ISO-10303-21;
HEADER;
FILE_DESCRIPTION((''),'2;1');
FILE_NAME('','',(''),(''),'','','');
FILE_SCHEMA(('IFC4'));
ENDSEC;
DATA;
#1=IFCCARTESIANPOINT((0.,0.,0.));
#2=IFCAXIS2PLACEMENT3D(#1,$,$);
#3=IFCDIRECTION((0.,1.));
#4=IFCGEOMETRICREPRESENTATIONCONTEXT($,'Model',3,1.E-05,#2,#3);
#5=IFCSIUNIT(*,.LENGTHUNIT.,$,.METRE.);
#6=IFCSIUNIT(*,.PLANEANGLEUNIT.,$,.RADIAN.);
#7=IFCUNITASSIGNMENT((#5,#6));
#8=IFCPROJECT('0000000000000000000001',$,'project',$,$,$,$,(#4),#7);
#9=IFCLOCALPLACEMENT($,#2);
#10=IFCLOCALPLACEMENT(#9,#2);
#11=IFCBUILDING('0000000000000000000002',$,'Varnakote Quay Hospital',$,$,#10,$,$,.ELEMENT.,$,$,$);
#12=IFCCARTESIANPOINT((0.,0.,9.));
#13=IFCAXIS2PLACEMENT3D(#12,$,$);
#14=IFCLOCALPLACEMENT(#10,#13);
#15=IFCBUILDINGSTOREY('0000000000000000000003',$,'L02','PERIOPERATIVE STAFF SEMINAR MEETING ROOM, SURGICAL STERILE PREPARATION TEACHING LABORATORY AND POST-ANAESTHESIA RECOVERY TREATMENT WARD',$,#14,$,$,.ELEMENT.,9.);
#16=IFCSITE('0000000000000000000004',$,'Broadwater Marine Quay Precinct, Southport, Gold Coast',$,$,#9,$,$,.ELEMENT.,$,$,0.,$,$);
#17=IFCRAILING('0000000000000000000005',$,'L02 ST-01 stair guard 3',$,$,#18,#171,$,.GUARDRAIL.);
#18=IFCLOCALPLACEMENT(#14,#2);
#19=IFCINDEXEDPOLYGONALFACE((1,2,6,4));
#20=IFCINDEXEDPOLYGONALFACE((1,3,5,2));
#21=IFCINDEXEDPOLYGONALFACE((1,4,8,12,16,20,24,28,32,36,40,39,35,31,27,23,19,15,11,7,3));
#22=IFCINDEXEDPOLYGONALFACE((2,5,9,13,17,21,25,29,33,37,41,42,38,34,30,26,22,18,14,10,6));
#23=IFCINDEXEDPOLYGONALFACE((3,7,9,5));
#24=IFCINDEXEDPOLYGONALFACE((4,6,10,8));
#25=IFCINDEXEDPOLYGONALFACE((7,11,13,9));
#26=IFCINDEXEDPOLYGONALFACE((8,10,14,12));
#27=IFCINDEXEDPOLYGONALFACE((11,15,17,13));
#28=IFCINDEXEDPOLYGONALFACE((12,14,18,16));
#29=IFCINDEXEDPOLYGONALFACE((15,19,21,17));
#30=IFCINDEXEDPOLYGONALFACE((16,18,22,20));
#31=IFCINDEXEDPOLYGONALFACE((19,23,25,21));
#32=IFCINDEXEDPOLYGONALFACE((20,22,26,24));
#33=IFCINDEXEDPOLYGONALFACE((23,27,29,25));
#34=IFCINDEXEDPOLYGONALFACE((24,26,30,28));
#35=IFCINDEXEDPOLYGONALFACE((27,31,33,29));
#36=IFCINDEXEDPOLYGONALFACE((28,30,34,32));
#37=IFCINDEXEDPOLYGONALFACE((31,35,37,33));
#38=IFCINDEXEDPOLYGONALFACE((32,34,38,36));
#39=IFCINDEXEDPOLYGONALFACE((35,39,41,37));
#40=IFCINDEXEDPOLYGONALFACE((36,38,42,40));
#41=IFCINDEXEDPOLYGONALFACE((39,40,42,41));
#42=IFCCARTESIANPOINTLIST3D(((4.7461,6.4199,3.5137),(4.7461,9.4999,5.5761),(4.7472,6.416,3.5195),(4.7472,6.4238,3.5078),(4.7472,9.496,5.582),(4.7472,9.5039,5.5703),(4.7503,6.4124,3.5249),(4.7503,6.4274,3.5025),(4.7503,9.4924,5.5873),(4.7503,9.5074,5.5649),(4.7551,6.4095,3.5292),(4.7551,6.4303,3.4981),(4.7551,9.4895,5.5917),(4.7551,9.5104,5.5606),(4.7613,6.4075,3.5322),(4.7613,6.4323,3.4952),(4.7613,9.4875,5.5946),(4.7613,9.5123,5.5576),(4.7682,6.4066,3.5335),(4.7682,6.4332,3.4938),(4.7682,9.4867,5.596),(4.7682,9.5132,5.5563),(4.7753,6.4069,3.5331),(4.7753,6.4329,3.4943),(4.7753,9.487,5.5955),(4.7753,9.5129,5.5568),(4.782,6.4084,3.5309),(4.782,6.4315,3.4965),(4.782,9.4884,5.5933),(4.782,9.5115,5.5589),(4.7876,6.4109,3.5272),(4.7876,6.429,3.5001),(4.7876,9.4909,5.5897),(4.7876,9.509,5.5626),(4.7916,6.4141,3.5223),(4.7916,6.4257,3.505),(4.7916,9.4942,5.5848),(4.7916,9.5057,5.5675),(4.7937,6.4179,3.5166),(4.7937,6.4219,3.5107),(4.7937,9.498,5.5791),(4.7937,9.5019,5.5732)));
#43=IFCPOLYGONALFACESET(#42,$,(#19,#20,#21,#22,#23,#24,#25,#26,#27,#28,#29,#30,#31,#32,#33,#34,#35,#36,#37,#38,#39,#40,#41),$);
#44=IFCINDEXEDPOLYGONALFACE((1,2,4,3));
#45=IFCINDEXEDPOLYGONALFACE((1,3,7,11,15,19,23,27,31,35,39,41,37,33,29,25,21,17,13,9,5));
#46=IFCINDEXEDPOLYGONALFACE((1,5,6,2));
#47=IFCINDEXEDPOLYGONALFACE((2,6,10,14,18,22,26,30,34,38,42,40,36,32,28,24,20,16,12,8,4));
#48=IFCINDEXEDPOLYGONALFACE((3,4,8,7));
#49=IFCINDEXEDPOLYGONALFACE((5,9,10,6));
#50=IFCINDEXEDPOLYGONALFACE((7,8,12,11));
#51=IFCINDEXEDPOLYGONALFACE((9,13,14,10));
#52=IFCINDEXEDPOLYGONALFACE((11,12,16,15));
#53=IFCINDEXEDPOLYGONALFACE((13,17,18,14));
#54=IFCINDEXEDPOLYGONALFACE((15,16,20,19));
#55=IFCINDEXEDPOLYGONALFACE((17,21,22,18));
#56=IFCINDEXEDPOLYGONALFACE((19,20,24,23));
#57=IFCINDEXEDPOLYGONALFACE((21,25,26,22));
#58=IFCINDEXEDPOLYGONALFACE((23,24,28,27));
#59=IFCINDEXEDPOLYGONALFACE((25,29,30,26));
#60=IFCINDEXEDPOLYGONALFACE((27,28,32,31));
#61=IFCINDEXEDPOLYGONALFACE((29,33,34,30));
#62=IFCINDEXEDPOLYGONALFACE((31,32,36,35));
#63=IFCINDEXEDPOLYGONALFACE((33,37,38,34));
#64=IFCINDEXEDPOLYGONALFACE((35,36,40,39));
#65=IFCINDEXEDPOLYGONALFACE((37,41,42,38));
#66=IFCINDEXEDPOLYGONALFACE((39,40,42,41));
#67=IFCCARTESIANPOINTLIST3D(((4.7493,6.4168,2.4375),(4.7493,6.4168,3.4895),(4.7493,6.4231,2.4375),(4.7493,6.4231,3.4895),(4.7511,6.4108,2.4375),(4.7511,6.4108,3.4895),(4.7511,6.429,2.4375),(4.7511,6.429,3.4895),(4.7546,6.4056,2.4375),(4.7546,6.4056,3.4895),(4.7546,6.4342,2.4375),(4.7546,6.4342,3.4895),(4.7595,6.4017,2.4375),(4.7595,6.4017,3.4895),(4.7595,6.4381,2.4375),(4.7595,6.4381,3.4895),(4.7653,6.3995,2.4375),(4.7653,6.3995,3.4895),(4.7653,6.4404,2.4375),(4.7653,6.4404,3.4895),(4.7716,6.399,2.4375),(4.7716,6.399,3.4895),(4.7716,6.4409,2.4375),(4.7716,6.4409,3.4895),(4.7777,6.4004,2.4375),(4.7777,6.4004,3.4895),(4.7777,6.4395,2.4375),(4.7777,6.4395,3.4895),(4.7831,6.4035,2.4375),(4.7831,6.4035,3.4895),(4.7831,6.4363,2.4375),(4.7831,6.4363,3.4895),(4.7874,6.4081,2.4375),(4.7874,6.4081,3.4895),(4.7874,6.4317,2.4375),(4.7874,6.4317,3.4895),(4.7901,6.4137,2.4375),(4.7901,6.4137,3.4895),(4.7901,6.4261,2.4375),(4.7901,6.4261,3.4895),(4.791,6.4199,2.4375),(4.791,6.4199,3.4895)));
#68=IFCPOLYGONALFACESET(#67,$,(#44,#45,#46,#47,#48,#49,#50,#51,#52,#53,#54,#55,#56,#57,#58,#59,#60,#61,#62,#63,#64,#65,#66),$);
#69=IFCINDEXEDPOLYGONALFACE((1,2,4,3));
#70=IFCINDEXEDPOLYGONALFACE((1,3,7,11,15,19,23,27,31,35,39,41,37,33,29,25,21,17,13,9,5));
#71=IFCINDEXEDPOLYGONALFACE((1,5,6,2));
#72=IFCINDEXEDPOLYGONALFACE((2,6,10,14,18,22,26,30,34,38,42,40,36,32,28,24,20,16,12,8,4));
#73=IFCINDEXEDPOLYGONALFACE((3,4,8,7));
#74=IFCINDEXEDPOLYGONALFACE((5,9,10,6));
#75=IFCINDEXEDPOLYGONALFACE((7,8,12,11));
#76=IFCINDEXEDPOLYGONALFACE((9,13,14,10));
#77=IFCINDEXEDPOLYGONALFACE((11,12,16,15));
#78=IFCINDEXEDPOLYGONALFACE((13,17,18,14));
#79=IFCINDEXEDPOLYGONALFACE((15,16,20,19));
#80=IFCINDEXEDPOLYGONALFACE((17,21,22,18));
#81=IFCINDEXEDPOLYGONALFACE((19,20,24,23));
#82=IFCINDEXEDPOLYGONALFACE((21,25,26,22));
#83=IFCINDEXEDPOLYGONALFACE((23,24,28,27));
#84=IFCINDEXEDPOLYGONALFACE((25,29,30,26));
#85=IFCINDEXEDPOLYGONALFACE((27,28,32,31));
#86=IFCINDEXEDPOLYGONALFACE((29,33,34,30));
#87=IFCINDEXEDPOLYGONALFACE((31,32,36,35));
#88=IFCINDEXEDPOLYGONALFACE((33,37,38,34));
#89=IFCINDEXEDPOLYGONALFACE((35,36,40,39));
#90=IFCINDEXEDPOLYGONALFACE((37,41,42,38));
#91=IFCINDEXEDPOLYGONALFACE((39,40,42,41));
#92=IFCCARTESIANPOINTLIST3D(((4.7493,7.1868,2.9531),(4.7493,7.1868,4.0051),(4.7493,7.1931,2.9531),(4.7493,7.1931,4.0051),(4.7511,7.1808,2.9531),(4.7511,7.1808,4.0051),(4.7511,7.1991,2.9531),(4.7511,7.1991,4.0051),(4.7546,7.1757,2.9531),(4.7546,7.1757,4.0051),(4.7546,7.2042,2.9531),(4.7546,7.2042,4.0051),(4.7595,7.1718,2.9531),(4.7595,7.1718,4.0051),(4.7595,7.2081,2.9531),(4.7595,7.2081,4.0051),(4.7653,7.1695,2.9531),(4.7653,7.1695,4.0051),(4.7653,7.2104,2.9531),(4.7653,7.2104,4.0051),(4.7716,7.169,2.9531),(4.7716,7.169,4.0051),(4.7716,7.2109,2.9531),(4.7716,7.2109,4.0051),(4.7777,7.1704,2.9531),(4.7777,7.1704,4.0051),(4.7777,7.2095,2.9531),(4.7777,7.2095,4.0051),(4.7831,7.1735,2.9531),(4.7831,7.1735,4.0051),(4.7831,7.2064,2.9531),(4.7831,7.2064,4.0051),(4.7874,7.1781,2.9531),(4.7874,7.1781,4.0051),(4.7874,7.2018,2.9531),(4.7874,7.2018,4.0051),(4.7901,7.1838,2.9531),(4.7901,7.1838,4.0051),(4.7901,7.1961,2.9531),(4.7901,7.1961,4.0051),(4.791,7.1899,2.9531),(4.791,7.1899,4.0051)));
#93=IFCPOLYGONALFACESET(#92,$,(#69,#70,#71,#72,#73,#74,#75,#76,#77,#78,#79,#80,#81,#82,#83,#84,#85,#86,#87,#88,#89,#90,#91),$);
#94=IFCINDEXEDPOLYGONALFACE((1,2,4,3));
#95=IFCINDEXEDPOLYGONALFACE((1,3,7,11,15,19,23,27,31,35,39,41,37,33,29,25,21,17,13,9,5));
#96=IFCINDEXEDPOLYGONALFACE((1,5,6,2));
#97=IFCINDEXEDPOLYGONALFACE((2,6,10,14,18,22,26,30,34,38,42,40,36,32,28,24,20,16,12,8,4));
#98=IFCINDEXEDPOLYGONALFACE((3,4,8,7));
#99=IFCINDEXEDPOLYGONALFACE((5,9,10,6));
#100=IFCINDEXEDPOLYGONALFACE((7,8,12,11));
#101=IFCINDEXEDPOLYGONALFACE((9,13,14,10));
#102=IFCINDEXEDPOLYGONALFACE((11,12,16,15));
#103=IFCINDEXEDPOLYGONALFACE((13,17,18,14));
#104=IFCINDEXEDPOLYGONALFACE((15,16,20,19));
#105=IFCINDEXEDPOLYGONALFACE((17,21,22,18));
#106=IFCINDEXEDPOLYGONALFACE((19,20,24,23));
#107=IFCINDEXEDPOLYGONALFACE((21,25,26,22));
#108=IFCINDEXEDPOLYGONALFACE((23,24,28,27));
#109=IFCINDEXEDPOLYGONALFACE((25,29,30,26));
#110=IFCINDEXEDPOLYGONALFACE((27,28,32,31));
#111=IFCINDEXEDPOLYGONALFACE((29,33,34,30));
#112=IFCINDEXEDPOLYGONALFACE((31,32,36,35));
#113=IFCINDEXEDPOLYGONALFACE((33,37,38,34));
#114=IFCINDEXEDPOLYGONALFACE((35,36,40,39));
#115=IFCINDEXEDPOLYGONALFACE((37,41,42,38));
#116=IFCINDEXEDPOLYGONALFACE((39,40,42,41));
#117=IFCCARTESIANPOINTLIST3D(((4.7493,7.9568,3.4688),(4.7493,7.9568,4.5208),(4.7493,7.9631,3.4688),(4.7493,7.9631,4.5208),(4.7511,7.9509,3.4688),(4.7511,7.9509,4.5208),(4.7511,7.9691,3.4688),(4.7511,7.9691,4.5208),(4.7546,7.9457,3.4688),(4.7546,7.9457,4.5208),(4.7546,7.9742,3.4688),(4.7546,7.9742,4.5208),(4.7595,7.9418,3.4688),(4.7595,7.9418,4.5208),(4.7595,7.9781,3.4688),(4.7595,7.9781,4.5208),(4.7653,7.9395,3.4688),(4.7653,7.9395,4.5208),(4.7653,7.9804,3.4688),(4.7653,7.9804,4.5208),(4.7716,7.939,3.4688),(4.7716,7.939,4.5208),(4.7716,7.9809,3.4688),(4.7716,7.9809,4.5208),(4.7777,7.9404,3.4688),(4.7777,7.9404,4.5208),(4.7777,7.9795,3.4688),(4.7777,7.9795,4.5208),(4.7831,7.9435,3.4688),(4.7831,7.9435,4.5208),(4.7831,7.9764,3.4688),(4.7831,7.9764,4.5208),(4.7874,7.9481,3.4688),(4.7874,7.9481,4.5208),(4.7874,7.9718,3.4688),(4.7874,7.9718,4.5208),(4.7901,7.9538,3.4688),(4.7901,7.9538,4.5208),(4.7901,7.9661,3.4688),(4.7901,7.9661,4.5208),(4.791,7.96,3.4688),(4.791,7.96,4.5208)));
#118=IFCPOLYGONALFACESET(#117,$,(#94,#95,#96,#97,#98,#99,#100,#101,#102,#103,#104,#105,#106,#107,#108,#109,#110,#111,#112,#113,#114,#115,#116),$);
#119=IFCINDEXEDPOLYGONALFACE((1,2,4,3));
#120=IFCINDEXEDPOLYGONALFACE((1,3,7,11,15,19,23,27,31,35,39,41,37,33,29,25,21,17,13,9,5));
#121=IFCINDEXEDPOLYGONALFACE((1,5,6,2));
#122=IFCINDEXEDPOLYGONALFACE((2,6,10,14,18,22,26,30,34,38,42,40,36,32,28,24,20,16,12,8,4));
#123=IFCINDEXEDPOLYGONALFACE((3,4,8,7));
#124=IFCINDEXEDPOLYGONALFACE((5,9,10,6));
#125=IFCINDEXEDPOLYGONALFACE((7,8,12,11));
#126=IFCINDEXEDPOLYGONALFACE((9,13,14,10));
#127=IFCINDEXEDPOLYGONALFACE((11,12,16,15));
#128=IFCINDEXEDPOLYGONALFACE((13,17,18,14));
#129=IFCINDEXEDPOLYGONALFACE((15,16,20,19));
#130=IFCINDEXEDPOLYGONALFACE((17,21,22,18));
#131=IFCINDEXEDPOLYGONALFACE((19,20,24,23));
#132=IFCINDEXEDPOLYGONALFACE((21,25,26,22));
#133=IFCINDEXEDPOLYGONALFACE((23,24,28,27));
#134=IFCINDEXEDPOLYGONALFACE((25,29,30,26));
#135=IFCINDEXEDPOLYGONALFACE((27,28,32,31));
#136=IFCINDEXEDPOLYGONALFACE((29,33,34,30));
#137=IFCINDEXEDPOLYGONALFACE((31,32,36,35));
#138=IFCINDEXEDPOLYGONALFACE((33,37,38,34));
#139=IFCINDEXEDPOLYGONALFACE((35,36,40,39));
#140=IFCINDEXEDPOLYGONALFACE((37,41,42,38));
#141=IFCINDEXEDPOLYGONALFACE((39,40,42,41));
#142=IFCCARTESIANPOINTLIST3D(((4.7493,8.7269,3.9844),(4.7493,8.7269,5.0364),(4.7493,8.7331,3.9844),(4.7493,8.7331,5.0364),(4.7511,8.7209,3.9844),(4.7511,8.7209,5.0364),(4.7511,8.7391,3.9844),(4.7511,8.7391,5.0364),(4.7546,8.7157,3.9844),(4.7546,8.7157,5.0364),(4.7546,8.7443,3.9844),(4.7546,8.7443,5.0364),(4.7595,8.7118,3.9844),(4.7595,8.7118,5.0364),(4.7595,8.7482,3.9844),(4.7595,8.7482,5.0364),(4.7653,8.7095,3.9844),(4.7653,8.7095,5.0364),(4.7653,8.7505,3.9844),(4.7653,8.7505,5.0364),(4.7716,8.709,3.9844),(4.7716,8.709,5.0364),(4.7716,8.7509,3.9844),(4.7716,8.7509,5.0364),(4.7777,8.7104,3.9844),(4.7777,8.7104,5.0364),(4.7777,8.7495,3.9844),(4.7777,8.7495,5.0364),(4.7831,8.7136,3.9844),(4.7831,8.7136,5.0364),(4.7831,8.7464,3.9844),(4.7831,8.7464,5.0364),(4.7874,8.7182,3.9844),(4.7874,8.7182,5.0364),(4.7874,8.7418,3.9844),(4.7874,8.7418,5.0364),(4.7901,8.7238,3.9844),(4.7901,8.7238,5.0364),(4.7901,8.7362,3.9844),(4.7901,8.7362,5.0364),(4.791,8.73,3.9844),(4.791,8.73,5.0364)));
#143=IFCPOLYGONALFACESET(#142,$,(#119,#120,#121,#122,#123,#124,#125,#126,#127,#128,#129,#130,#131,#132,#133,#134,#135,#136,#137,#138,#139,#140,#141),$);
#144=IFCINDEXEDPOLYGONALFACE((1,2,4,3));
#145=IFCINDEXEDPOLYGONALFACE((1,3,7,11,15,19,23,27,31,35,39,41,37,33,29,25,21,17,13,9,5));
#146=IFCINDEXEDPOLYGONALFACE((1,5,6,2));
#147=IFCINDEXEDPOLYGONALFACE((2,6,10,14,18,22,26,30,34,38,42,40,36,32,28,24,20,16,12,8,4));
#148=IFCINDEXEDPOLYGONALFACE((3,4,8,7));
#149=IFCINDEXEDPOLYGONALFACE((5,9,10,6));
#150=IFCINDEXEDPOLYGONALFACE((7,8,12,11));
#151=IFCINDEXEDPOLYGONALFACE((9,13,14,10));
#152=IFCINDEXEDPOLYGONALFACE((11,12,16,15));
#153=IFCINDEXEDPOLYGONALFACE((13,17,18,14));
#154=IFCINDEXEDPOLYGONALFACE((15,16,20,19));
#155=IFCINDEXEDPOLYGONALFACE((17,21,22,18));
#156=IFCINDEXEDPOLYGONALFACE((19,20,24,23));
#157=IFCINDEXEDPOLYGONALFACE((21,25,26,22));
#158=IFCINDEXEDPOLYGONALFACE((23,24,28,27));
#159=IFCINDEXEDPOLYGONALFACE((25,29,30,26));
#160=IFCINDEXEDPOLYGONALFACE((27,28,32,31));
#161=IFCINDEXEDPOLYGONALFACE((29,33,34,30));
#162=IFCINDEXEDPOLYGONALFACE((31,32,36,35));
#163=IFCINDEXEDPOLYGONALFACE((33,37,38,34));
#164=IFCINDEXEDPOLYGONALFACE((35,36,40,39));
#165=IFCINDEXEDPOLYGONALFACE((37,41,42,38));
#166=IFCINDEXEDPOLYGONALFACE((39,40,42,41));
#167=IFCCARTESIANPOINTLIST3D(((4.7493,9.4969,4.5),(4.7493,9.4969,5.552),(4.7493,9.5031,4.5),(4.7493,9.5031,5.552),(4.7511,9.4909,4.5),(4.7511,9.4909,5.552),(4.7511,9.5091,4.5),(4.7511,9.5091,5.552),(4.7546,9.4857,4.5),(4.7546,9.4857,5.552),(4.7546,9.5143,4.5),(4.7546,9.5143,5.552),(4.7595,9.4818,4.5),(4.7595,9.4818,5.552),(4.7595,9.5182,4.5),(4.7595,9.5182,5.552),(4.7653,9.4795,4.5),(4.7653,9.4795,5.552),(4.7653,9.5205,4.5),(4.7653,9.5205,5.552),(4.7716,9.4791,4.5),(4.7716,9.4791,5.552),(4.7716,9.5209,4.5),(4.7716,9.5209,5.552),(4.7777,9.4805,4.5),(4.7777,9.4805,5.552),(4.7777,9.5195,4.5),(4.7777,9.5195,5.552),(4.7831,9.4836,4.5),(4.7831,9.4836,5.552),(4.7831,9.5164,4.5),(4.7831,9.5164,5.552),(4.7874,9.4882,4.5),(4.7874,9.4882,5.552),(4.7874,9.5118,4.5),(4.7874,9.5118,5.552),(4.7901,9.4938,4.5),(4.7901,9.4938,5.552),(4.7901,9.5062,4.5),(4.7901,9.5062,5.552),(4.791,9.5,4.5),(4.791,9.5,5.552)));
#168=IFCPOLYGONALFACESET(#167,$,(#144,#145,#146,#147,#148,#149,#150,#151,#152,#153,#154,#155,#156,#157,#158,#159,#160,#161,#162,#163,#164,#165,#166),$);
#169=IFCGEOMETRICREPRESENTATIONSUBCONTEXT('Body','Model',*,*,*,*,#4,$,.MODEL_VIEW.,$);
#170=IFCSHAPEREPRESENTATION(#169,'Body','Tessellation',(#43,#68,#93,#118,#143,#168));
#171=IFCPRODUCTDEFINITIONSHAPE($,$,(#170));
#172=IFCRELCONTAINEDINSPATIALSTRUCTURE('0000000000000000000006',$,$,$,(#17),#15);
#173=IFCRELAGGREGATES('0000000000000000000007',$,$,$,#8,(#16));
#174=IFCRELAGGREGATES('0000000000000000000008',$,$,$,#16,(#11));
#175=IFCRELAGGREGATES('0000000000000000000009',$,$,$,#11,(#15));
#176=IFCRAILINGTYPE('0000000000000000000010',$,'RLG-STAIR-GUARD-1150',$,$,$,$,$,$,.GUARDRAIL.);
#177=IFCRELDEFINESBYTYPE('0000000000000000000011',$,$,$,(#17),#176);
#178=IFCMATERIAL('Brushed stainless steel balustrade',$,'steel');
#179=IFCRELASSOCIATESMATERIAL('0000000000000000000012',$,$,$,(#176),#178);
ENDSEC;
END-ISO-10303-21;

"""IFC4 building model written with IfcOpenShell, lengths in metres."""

from ifc_helpers import new_model, si_unit, direction, frame, origin, origin_2d, place, context, subcontext, project, spatial, circle, extrude, material, type_object, element, save


model = new_model("IFC4")

# Units and contexts
model_context = context("Model", 3, precision=1e-05, world=origin(), true_north=direction((0.0, 1.0)))
body_context = subcontext(model_context, "Body", "Model", "MODEL_VIEW")
ifc_project = project(units=[si_unit("LENGTHUNIT", "METRE"), si_unit("PLANEANGLEUNIT", "RADIAN")], contexts=[model_context])

# Site, building, storey
site_placement = place(None, origin())
site = spatial("IfcSite", under=ifc_project, at=site_placement, Name="Broadwater Marine Quay Precinct, Southport, Gold Coast", CompositionType="ELEMENT", RefElevation=0.0)
building_placement = place(site_placement, origin())
building = spatial("IfcBuilding", under=site, at=building_placement, Name="Varnakote Quay Hospital", CompositionType="ELEMENT")
storey_placement = place(building_placement, frame((0.0, 0.0, 9.0)))
storey = spatial("IfcBuildingStorey", under=building, at=storey_placement, Name="L02", Description="PERIOPERATIVE STAFF SEMINAR MEETING ROOM, SURGICAL STERILE PREPARATION TEACHING LABORATORY AND POST-ANAESTHESIA RECOVERY TREATMENT WARD", CompositionType="ELEMENT", Elevation=9.0)

# Railing
ifc_material_1 = material(Name="Brushed stainless steel balustrade", Category="steel")
railing_type_1 = type_object("IfcRailingType", Name="RLG-STAIR-GUARD-1150", PredefinedType="GUARDRAIL", material=ifc_material_1)
railing_1_placement = place(storey_placement, frame((4.77, 6.4199, 2.4375)))
element("IfcRailing", 1, at=railing_1_placement, inside=storey, type_object=railing_type_1, Name="L02 ST-01 stair guard 3", PredefinedType="GUARDRAIL", context=body_context, shape_type="SweptSolid", body=[
    extrude(circle(Radius=0.0239, at=origin_2d()), frame((0.0, 0.0, 1.0762), z_axis=(0.0, 0.830914, 0.556401), x_axis=(-1.0, 0.0, 0.0)), (0.0, 0.0, 1.0), 3.7068),
    extrude(circle(Radius=0.021, at=origin_2d()), origin(), (0.0, 0.0, 1.0), 1.052),
    extrude(circle(Radius=0.021, at=origin_2d()), frame((0.0, 0.77, 0.5156)), (0.0, 0.0, 1.0), 1.052),
    extrude(circle(Radius=0.021, at=origin_2d()), frame((0.0, 1.54, 1.0312)), (0.0, 0.0, 1.0), 1.052),
    extrude(circle(Radius=0.021, at=origin_2d()), frame((0.0, 2.3101, 1.5469)), (0.0, 0.0, 1.0), 1.052),
    extrude(circle(Radius=0.021, at=origin_2d()), frame((0.0, 3.0801, 2.0625)), (0.0, 0.0, 1.0), 1.052),
])

save(model, "model.ifc")
